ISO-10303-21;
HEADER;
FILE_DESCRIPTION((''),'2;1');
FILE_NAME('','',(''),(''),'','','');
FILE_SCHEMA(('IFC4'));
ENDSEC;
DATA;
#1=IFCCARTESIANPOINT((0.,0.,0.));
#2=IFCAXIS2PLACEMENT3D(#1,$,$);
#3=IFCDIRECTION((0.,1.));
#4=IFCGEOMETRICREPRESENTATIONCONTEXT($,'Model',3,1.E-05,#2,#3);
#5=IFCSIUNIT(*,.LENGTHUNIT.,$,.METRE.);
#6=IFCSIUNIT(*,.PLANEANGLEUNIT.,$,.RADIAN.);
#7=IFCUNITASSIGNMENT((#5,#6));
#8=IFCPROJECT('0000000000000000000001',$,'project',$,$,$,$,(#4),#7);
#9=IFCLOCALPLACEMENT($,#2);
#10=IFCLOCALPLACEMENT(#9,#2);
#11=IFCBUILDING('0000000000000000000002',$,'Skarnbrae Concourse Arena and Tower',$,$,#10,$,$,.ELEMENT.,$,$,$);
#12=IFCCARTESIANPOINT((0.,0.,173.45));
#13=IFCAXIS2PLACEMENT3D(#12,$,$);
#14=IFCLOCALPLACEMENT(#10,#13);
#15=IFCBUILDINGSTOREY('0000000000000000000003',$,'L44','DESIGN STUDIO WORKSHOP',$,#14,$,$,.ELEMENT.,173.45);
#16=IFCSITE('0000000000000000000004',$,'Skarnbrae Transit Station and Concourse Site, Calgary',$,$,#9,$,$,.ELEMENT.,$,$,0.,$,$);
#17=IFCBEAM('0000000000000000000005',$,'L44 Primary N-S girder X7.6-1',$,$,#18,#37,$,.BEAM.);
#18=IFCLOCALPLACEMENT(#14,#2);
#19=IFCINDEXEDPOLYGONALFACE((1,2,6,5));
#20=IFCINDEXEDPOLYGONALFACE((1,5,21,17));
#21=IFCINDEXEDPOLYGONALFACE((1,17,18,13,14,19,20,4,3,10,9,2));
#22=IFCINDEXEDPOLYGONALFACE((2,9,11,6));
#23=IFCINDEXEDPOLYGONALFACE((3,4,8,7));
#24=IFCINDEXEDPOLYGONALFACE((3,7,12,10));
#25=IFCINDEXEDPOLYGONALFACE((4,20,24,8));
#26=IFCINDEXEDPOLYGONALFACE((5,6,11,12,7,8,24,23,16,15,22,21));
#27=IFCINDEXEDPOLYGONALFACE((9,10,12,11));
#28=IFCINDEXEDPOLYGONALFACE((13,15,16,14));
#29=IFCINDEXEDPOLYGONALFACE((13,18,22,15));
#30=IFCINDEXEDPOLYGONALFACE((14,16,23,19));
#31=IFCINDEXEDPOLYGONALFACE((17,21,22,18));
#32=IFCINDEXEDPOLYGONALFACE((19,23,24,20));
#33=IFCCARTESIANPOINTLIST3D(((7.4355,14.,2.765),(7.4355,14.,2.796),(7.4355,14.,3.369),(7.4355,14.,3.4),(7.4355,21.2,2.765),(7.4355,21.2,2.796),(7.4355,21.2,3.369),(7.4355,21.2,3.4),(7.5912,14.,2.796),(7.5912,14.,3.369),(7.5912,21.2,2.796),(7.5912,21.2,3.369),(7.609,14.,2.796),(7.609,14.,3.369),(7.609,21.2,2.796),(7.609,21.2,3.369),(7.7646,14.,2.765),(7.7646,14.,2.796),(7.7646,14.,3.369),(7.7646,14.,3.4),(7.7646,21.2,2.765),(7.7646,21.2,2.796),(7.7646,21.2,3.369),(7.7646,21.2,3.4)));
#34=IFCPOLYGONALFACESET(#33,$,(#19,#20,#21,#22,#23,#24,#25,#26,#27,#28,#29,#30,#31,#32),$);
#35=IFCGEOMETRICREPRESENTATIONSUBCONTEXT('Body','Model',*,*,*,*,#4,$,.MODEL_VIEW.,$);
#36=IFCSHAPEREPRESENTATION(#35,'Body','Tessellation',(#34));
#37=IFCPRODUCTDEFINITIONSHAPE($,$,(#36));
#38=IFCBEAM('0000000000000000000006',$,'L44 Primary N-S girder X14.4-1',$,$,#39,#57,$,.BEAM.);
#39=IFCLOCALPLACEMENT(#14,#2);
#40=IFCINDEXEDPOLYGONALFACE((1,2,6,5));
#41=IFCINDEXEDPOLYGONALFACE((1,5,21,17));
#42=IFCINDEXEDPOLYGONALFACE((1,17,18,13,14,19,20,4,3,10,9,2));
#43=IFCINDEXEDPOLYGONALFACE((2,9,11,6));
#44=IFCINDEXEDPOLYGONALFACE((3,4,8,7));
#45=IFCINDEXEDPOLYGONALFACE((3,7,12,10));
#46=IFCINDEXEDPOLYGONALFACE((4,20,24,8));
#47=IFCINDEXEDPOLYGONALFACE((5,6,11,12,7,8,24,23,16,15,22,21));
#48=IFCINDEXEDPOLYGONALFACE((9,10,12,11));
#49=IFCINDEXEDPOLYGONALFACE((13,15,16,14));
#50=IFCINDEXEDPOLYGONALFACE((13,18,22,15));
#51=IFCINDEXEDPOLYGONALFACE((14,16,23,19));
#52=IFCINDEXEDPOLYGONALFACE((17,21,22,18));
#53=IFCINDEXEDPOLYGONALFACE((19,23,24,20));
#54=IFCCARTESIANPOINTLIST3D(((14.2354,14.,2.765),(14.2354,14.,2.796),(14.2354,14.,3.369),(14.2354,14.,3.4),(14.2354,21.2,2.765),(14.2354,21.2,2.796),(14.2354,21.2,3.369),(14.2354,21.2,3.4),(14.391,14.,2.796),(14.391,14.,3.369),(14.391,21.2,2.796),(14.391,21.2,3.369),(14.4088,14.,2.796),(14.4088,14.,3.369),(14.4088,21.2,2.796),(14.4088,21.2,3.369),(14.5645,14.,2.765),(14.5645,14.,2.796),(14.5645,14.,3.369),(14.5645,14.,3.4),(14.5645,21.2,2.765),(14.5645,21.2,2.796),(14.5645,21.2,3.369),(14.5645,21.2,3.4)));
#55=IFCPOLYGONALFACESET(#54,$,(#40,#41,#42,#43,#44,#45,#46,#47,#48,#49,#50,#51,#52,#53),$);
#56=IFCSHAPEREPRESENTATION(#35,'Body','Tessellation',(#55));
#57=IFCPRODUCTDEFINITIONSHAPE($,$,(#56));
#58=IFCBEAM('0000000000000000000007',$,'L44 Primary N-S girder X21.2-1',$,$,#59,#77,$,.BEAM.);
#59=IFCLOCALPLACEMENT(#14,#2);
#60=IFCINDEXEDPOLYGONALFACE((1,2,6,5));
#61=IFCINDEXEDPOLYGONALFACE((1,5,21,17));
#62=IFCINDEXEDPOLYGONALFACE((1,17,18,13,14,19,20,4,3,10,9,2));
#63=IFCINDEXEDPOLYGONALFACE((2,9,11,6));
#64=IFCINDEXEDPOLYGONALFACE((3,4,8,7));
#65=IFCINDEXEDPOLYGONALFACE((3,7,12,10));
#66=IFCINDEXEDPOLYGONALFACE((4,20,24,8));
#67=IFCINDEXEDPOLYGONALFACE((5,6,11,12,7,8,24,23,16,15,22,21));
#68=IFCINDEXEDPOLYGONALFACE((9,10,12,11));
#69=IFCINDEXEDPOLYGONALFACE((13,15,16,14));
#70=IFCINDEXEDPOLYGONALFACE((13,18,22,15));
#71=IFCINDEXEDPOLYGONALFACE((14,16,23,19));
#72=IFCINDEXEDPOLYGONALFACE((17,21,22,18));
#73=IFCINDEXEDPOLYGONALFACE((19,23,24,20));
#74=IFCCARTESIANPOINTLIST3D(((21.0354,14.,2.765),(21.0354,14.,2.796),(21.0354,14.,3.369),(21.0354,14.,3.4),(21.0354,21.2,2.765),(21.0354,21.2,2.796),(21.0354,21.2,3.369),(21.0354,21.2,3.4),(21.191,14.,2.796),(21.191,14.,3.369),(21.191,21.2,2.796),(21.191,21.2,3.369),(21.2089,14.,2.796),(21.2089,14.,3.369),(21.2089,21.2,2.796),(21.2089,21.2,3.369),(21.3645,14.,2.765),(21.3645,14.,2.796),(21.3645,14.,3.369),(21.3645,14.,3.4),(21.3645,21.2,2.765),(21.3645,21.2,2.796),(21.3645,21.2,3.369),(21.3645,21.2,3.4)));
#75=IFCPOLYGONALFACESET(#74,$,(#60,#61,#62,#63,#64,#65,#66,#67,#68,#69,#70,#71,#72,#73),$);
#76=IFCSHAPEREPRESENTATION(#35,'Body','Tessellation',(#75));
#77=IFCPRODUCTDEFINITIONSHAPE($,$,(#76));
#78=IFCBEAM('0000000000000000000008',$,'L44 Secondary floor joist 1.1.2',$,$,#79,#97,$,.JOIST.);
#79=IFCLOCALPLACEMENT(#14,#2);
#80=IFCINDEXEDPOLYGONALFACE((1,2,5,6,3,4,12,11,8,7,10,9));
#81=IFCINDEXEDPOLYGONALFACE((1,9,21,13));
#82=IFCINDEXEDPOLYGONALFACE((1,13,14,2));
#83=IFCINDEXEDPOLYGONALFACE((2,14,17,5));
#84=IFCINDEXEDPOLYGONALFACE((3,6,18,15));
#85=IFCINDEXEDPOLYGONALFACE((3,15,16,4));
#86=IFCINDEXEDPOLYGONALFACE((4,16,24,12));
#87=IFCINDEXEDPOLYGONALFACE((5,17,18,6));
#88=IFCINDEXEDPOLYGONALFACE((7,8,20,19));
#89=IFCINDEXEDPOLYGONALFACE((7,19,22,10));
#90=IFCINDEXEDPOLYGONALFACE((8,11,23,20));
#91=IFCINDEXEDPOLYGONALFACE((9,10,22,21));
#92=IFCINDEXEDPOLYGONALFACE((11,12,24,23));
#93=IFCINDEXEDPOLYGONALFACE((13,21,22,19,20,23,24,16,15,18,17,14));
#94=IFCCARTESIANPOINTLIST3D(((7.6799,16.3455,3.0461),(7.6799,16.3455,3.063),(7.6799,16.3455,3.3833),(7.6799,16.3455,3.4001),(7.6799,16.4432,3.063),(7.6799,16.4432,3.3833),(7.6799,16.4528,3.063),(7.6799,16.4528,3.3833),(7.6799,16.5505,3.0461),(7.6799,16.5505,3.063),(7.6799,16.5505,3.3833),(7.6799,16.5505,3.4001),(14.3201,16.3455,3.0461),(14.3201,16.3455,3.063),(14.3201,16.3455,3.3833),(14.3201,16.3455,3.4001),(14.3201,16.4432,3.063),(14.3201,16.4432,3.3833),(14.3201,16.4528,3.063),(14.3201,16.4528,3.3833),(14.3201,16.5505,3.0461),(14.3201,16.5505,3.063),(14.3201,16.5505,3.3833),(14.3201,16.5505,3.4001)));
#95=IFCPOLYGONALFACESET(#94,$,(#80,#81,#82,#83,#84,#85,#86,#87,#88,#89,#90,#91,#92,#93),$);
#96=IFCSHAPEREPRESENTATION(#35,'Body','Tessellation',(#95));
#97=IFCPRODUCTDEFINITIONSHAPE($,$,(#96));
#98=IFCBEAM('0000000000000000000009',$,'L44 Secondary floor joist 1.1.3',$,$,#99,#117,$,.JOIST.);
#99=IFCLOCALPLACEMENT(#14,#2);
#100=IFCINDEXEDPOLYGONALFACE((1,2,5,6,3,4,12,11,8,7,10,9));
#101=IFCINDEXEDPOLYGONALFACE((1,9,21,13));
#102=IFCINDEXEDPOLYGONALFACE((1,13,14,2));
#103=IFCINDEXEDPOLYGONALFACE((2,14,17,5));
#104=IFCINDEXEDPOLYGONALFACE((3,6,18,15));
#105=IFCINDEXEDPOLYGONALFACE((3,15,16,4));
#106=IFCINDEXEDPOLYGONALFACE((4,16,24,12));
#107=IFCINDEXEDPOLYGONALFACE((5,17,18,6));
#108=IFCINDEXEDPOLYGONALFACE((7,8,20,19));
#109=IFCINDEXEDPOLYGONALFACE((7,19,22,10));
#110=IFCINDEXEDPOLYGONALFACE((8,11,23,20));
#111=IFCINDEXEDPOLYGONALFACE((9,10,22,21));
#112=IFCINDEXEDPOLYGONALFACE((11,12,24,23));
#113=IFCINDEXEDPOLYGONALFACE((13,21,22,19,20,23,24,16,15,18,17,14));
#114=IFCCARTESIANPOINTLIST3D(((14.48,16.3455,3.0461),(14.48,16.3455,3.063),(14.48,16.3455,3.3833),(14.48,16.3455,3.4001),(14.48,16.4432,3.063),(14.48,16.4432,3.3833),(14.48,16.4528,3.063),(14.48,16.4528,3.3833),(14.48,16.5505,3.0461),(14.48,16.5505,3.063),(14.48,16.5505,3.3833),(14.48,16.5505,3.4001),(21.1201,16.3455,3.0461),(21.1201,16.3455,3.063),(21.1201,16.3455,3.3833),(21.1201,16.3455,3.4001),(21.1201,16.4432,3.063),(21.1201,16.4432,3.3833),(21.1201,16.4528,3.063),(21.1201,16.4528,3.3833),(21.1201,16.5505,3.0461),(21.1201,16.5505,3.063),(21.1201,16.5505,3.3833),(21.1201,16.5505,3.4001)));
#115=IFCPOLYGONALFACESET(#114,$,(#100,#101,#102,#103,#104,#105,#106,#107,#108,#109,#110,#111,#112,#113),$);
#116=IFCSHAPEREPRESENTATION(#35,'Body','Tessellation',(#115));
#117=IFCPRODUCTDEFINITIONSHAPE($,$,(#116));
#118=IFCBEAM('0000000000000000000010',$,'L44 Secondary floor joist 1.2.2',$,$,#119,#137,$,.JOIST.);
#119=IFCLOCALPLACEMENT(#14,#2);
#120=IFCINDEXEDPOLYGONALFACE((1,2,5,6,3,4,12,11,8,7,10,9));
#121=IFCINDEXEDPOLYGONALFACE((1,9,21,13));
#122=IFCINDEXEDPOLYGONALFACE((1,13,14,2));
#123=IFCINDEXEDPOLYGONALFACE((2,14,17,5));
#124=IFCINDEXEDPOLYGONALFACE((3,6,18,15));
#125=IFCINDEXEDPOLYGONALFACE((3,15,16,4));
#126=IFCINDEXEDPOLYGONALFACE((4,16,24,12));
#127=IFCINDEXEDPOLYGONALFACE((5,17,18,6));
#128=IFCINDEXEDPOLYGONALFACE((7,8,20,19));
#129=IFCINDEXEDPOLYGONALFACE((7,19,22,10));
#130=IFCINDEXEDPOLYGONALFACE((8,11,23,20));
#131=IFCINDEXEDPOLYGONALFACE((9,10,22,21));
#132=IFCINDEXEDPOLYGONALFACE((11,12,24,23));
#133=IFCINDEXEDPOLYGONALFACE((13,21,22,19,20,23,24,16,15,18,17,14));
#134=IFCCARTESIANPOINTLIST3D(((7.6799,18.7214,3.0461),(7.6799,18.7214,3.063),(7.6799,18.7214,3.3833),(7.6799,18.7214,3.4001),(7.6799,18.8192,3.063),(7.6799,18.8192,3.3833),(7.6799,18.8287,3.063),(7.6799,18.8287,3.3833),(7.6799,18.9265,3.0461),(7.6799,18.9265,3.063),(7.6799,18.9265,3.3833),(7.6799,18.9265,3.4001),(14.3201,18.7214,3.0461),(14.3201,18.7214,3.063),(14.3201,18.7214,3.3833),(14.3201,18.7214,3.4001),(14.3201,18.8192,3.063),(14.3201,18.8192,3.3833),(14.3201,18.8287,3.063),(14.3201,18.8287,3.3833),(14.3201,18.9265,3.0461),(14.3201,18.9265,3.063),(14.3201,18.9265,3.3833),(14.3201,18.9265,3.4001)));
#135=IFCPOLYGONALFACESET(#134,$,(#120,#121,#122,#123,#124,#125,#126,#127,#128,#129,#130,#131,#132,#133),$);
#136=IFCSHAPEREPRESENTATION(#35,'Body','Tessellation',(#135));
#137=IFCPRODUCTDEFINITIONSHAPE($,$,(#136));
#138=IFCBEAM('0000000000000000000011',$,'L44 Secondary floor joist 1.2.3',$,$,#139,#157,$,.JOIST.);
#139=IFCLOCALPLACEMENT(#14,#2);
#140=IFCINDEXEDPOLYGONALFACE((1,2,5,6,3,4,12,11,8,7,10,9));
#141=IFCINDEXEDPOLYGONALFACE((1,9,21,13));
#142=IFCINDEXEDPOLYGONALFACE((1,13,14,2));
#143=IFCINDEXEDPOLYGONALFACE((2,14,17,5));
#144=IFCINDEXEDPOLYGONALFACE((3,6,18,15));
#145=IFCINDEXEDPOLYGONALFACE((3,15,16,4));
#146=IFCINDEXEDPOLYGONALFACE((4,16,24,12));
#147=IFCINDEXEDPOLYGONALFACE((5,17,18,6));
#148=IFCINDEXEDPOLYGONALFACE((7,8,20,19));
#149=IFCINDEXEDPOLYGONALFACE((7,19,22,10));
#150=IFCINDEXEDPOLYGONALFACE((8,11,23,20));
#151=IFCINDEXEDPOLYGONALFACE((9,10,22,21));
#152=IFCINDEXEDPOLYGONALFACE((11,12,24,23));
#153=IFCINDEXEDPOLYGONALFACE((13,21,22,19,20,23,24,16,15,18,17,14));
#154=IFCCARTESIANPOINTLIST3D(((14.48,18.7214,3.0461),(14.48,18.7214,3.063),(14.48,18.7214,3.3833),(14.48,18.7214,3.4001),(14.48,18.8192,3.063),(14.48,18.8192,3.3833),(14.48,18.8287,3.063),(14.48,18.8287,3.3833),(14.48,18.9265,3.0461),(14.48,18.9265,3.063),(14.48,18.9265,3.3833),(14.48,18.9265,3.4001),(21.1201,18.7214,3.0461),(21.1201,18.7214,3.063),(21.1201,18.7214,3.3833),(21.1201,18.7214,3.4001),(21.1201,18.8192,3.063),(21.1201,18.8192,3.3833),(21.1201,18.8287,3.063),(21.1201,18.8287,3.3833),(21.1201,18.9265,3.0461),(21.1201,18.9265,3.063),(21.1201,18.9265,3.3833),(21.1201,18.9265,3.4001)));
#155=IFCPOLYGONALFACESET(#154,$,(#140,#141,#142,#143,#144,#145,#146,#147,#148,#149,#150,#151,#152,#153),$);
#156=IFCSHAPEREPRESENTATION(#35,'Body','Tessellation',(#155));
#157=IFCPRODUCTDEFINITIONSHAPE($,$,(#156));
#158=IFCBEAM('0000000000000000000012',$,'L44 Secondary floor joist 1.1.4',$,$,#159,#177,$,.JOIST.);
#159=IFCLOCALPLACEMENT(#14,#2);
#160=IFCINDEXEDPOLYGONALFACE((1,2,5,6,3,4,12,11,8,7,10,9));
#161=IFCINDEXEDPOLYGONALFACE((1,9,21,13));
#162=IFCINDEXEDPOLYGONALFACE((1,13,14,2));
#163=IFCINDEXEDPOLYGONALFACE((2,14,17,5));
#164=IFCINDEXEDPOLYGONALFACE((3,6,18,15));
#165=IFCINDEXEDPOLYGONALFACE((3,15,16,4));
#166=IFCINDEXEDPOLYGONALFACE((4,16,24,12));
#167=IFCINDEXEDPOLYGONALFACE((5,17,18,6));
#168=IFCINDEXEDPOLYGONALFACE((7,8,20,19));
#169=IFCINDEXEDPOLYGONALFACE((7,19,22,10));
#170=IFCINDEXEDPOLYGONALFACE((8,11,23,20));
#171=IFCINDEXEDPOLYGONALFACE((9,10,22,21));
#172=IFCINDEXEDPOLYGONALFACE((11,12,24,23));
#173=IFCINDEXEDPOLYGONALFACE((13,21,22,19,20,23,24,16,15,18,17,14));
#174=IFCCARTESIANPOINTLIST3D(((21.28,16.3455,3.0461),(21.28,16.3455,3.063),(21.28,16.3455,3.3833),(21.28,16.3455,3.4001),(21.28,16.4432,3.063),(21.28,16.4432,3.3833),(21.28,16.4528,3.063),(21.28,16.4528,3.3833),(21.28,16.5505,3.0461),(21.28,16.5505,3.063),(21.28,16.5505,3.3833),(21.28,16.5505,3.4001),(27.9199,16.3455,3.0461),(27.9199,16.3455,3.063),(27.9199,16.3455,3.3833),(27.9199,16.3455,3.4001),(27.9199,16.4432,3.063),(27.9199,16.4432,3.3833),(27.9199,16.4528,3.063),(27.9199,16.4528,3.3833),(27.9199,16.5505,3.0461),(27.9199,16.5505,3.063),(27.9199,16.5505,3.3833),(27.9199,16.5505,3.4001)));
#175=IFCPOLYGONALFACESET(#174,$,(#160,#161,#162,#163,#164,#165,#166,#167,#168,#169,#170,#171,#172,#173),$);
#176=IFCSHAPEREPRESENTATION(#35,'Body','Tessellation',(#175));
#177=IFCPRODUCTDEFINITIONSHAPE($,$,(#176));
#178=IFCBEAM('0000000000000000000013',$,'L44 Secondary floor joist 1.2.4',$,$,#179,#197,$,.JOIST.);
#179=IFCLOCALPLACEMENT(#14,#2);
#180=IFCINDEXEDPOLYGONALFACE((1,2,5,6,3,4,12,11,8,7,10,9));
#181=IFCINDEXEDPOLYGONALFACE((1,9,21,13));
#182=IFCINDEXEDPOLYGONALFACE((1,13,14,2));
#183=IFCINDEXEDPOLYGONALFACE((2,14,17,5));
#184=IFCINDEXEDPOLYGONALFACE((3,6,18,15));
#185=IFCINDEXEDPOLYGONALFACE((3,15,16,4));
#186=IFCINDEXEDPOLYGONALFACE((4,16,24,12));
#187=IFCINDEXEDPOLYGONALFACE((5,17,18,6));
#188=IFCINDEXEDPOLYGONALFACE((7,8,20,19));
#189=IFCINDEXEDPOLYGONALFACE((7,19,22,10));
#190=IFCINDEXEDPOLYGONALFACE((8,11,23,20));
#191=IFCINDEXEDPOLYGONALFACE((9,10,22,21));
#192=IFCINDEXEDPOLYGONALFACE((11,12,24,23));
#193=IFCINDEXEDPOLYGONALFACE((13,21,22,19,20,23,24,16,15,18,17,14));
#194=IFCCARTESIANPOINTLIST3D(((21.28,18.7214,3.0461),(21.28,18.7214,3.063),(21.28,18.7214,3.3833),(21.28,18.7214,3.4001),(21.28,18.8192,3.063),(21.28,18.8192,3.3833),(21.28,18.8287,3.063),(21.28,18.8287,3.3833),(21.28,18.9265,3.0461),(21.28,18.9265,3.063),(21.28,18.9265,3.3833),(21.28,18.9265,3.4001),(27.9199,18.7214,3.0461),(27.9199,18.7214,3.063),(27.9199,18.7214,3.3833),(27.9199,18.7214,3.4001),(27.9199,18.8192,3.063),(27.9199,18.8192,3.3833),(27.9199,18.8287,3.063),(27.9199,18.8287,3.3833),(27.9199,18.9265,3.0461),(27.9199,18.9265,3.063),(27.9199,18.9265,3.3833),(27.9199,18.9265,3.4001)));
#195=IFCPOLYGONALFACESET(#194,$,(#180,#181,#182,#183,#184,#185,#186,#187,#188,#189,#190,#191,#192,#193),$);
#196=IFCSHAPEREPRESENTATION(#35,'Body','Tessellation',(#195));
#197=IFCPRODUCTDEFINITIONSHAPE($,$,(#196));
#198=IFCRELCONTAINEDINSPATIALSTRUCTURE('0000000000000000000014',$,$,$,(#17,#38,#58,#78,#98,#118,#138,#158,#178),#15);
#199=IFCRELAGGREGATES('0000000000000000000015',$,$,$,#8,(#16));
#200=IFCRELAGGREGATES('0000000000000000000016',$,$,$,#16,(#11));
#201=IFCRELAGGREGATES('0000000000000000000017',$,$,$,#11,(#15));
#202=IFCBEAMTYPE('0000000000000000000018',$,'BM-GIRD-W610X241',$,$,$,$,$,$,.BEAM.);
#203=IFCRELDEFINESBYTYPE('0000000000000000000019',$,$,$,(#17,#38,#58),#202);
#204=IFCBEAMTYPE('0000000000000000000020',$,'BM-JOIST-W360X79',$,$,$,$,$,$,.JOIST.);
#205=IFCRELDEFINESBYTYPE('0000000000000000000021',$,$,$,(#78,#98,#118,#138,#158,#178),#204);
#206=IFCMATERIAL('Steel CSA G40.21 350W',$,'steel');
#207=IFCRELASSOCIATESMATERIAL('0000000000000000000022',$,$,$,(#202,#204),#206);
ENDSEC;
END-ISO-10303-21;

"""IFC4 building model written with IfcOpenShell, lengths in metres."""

from ifc_helpers import new_model, si_unit, direction, frame, origin, origin_2d, place, context, subcontext, project, spatial, i_section, extrude, source, transform, mapped, material, material_profile, profile_set, type_object, element, save


model = new_model("IFC4")

# Units and contexts
model_context = context("Model", 3, precision=1e-05, world=origin(), true_north=direction((0.0, 1.0)))
body_context = subcontext(model_context, "Body", "Model", "MODEL_VIEW")
ifc_project = project(units=[si_unit("LENGTHUNIT", "METRE"), si_unit("PLANEANGLEUNIT", "RADIAN")], contexts=[model_context])

# Site, building, storey
site_placement = place(None, origin())
site = spatial("IfcSite", under=ifc_project, at=site_placement, Name="Skarnbrae Transit Station and Concourse Site, Calgary", CompositionType="ELEMENT", RefElevation=0.0)
building_placement = place(site_placement, origin())
building = spatial("IfcBuilding", under=site, at=building_placement, Name="Skarnbrae Concourse Arena and Tower", CompositionType="ELEMENT")
storey_placement = place(building_placement, frame((0.0, 0.0, 173.45)))
storey = spatial("IfcBuildingStorey", under=building, at=storey_placement, Name="L44", Description="DESIGN STUDIO WORKSHOP", CompositionType="ELEMENT", Elevation=173.45)

# Shared definitions
ifc_material_1 = material(Name="Steel CSA G40.21 350W", Category="steel")

# Beams
ifc_material_profile_1 = material_profile(ifc_material_1, i_section(OverallWidth=0.3291, OverallDepth=0.635, WebThickness=0.0178, FlangeThickness=0.031, at=origin_2d()), Name="W610X241")
ifc_profile_set_1 = profile_set([ifc_material_profile_1], Name="Steel CSA G40.21 350W")
beam_type_1 = type_object("IfcBeamType", Name="BM-GIRD-W610X241", PredefinedType="BEAM", material=ifc_profile_set_1)
shared_shape_1 = source(origin(), body_context, "Body", "SweptSolid", [
    extrude(i_section(OverallWidth=0.3291, OverallDepth=0.635, WebThickness=0.0178, FlangeThickness=0.031, at=origin_2d()), origin(), (0.0, 0.0, 1.0), 7.2),
])
for number, where, z_axis, x_axis, name in (
    (1, (7.6001, 14.0, 3.0825), (0.0, 1.0, 0.0), (-1.0, 0.0, 0.0), "L44 Primary N-S girder X7.6-1"),
    (2, (14.3999, 14.0, 3.0825), (0.0, 1.0, 0.0), (-1.0, 0.0, 0.0), "L44 Primary N-S girder X14.4-1"),
    (3, (21.2, 14.0, 3.0825), (0.0, 1.0, 0.0), (-1.0, 0.0, 0.0), "L44 Primary N-S girder X21.2-1"),
):
    element("IfcBeam", number, at=place(storey_placement, frame(where, z_axis=z_axis, x_axis=x_axis)), inside=storey, type_object=beam_type_1, Name=name, PredefinedType="BEAM", context=body_context, shape_type="MappedRepresentation", body=[
        mapped(shared_shape_1, transform((0.0, 0.0, 0.0))),
    ])
ifc_material_profile_2 = material_profile(ifc_material_1, i_section(OverallWidth=0.2051, OverallDepth=0.354, WebThickness=0.0095, FlangeThickness=0.0168, at=origin_2d()), Name="W360X79")
ifc_profile_set_2 = profile_set([ifc_material_profile_2], Name="Steel CSA G40.21 350W")
beam_type_2 = type_object("IfcBeamType", Name="BM-JOIST-W360X79", PredefinedType="JOIST", material=ifc_profile_set_2)
shared_shape_2 = source(origin(), body_context, "Body", "SweptSolid", [
    extrude(i_section(OverallWidth=0.2051, OverallDepth=0.354, WebThickness=0.0095, FlangeThickness=0.0168, at=origin_2d()), origin(), (0.0, 0.0, 1.0), 6.6401),
])
for number, where, z_axis, x_axis, name in (
    (4, (7.6799, 16.448, 3.2231), (1.0, 0.0, 0.0), (0.0, 1.0, 0.0), "L44 Secondary floor joist 1.1.2"),
    (5, (14.48, 16.448, 3.2231), (1.0, 0.0, 0.0), (0.0, 1.0, 0.0), "L44 Secondary floor joist 1.1.3"),
    (6, (7.6799, 18.824, 3.2231), (1.0, 0.0, 0.0), (0.0, 1.0, 0.0), "L44 Secondary floor joist 1.2.2"),
    (7, (14.48, 18.824, 3.2231), (1.0, 0.0, 0.0), (0.0, 1.0, 0.0), "L44 Secondary floor joist 1.2.3"),
):
    element("IfcBeam", number, at=place(storey_placement, frame(where, z_axis=z_axis, x_axis=x_axis)), inside=storey, type_object=beam_type_2, Name=name, PredefinedType="JOIST", context=body_context, shape_type="MappedRepresentation", body=[
        mapped(shared_shape_2, transform((0.0, 0.0, 0.0))),
    ])
shared_shape_3 = source(origin(), body_context, "Body", "SweptSolid", [
    extrude(i_section(OverallWidth=0.2051, OverallDepth=0.354, WebThickness=0.0095, FlangeThickness=0.0168, at=origin_2d()), origin(), (0.0, 0.0, 1.0), 6.6399),
])
for number, where, z_axis, x_axis, name in (
    (8, (21.28, 16.448, 3.2231), (1.0, 0.0, 0.0), (0.0, 1.0, 0.0), "L44 Secondary floor joist 1.1.4"),
    (9, (21.28, 18.824, 3.2231), (1.0, 0.0, 0.0), (0.0, 1.0, 0.0), "L44 Secondary floor joist 1.2.4"),
):
    element("IfcBeam", number, at=place(storey_placement, frame(where, z_axis=z_axis, x_axis=x_axis)), inside=storey, type_object=beam_type_2, Name=name, PredefinedType="JOIST", context=body_context, shape_type="MappedRepresentation", body=[
        mapped(shared_shape_3, transform((0.0, 0.0, 0.0))),
    ])

save(model, "model.ifc")
